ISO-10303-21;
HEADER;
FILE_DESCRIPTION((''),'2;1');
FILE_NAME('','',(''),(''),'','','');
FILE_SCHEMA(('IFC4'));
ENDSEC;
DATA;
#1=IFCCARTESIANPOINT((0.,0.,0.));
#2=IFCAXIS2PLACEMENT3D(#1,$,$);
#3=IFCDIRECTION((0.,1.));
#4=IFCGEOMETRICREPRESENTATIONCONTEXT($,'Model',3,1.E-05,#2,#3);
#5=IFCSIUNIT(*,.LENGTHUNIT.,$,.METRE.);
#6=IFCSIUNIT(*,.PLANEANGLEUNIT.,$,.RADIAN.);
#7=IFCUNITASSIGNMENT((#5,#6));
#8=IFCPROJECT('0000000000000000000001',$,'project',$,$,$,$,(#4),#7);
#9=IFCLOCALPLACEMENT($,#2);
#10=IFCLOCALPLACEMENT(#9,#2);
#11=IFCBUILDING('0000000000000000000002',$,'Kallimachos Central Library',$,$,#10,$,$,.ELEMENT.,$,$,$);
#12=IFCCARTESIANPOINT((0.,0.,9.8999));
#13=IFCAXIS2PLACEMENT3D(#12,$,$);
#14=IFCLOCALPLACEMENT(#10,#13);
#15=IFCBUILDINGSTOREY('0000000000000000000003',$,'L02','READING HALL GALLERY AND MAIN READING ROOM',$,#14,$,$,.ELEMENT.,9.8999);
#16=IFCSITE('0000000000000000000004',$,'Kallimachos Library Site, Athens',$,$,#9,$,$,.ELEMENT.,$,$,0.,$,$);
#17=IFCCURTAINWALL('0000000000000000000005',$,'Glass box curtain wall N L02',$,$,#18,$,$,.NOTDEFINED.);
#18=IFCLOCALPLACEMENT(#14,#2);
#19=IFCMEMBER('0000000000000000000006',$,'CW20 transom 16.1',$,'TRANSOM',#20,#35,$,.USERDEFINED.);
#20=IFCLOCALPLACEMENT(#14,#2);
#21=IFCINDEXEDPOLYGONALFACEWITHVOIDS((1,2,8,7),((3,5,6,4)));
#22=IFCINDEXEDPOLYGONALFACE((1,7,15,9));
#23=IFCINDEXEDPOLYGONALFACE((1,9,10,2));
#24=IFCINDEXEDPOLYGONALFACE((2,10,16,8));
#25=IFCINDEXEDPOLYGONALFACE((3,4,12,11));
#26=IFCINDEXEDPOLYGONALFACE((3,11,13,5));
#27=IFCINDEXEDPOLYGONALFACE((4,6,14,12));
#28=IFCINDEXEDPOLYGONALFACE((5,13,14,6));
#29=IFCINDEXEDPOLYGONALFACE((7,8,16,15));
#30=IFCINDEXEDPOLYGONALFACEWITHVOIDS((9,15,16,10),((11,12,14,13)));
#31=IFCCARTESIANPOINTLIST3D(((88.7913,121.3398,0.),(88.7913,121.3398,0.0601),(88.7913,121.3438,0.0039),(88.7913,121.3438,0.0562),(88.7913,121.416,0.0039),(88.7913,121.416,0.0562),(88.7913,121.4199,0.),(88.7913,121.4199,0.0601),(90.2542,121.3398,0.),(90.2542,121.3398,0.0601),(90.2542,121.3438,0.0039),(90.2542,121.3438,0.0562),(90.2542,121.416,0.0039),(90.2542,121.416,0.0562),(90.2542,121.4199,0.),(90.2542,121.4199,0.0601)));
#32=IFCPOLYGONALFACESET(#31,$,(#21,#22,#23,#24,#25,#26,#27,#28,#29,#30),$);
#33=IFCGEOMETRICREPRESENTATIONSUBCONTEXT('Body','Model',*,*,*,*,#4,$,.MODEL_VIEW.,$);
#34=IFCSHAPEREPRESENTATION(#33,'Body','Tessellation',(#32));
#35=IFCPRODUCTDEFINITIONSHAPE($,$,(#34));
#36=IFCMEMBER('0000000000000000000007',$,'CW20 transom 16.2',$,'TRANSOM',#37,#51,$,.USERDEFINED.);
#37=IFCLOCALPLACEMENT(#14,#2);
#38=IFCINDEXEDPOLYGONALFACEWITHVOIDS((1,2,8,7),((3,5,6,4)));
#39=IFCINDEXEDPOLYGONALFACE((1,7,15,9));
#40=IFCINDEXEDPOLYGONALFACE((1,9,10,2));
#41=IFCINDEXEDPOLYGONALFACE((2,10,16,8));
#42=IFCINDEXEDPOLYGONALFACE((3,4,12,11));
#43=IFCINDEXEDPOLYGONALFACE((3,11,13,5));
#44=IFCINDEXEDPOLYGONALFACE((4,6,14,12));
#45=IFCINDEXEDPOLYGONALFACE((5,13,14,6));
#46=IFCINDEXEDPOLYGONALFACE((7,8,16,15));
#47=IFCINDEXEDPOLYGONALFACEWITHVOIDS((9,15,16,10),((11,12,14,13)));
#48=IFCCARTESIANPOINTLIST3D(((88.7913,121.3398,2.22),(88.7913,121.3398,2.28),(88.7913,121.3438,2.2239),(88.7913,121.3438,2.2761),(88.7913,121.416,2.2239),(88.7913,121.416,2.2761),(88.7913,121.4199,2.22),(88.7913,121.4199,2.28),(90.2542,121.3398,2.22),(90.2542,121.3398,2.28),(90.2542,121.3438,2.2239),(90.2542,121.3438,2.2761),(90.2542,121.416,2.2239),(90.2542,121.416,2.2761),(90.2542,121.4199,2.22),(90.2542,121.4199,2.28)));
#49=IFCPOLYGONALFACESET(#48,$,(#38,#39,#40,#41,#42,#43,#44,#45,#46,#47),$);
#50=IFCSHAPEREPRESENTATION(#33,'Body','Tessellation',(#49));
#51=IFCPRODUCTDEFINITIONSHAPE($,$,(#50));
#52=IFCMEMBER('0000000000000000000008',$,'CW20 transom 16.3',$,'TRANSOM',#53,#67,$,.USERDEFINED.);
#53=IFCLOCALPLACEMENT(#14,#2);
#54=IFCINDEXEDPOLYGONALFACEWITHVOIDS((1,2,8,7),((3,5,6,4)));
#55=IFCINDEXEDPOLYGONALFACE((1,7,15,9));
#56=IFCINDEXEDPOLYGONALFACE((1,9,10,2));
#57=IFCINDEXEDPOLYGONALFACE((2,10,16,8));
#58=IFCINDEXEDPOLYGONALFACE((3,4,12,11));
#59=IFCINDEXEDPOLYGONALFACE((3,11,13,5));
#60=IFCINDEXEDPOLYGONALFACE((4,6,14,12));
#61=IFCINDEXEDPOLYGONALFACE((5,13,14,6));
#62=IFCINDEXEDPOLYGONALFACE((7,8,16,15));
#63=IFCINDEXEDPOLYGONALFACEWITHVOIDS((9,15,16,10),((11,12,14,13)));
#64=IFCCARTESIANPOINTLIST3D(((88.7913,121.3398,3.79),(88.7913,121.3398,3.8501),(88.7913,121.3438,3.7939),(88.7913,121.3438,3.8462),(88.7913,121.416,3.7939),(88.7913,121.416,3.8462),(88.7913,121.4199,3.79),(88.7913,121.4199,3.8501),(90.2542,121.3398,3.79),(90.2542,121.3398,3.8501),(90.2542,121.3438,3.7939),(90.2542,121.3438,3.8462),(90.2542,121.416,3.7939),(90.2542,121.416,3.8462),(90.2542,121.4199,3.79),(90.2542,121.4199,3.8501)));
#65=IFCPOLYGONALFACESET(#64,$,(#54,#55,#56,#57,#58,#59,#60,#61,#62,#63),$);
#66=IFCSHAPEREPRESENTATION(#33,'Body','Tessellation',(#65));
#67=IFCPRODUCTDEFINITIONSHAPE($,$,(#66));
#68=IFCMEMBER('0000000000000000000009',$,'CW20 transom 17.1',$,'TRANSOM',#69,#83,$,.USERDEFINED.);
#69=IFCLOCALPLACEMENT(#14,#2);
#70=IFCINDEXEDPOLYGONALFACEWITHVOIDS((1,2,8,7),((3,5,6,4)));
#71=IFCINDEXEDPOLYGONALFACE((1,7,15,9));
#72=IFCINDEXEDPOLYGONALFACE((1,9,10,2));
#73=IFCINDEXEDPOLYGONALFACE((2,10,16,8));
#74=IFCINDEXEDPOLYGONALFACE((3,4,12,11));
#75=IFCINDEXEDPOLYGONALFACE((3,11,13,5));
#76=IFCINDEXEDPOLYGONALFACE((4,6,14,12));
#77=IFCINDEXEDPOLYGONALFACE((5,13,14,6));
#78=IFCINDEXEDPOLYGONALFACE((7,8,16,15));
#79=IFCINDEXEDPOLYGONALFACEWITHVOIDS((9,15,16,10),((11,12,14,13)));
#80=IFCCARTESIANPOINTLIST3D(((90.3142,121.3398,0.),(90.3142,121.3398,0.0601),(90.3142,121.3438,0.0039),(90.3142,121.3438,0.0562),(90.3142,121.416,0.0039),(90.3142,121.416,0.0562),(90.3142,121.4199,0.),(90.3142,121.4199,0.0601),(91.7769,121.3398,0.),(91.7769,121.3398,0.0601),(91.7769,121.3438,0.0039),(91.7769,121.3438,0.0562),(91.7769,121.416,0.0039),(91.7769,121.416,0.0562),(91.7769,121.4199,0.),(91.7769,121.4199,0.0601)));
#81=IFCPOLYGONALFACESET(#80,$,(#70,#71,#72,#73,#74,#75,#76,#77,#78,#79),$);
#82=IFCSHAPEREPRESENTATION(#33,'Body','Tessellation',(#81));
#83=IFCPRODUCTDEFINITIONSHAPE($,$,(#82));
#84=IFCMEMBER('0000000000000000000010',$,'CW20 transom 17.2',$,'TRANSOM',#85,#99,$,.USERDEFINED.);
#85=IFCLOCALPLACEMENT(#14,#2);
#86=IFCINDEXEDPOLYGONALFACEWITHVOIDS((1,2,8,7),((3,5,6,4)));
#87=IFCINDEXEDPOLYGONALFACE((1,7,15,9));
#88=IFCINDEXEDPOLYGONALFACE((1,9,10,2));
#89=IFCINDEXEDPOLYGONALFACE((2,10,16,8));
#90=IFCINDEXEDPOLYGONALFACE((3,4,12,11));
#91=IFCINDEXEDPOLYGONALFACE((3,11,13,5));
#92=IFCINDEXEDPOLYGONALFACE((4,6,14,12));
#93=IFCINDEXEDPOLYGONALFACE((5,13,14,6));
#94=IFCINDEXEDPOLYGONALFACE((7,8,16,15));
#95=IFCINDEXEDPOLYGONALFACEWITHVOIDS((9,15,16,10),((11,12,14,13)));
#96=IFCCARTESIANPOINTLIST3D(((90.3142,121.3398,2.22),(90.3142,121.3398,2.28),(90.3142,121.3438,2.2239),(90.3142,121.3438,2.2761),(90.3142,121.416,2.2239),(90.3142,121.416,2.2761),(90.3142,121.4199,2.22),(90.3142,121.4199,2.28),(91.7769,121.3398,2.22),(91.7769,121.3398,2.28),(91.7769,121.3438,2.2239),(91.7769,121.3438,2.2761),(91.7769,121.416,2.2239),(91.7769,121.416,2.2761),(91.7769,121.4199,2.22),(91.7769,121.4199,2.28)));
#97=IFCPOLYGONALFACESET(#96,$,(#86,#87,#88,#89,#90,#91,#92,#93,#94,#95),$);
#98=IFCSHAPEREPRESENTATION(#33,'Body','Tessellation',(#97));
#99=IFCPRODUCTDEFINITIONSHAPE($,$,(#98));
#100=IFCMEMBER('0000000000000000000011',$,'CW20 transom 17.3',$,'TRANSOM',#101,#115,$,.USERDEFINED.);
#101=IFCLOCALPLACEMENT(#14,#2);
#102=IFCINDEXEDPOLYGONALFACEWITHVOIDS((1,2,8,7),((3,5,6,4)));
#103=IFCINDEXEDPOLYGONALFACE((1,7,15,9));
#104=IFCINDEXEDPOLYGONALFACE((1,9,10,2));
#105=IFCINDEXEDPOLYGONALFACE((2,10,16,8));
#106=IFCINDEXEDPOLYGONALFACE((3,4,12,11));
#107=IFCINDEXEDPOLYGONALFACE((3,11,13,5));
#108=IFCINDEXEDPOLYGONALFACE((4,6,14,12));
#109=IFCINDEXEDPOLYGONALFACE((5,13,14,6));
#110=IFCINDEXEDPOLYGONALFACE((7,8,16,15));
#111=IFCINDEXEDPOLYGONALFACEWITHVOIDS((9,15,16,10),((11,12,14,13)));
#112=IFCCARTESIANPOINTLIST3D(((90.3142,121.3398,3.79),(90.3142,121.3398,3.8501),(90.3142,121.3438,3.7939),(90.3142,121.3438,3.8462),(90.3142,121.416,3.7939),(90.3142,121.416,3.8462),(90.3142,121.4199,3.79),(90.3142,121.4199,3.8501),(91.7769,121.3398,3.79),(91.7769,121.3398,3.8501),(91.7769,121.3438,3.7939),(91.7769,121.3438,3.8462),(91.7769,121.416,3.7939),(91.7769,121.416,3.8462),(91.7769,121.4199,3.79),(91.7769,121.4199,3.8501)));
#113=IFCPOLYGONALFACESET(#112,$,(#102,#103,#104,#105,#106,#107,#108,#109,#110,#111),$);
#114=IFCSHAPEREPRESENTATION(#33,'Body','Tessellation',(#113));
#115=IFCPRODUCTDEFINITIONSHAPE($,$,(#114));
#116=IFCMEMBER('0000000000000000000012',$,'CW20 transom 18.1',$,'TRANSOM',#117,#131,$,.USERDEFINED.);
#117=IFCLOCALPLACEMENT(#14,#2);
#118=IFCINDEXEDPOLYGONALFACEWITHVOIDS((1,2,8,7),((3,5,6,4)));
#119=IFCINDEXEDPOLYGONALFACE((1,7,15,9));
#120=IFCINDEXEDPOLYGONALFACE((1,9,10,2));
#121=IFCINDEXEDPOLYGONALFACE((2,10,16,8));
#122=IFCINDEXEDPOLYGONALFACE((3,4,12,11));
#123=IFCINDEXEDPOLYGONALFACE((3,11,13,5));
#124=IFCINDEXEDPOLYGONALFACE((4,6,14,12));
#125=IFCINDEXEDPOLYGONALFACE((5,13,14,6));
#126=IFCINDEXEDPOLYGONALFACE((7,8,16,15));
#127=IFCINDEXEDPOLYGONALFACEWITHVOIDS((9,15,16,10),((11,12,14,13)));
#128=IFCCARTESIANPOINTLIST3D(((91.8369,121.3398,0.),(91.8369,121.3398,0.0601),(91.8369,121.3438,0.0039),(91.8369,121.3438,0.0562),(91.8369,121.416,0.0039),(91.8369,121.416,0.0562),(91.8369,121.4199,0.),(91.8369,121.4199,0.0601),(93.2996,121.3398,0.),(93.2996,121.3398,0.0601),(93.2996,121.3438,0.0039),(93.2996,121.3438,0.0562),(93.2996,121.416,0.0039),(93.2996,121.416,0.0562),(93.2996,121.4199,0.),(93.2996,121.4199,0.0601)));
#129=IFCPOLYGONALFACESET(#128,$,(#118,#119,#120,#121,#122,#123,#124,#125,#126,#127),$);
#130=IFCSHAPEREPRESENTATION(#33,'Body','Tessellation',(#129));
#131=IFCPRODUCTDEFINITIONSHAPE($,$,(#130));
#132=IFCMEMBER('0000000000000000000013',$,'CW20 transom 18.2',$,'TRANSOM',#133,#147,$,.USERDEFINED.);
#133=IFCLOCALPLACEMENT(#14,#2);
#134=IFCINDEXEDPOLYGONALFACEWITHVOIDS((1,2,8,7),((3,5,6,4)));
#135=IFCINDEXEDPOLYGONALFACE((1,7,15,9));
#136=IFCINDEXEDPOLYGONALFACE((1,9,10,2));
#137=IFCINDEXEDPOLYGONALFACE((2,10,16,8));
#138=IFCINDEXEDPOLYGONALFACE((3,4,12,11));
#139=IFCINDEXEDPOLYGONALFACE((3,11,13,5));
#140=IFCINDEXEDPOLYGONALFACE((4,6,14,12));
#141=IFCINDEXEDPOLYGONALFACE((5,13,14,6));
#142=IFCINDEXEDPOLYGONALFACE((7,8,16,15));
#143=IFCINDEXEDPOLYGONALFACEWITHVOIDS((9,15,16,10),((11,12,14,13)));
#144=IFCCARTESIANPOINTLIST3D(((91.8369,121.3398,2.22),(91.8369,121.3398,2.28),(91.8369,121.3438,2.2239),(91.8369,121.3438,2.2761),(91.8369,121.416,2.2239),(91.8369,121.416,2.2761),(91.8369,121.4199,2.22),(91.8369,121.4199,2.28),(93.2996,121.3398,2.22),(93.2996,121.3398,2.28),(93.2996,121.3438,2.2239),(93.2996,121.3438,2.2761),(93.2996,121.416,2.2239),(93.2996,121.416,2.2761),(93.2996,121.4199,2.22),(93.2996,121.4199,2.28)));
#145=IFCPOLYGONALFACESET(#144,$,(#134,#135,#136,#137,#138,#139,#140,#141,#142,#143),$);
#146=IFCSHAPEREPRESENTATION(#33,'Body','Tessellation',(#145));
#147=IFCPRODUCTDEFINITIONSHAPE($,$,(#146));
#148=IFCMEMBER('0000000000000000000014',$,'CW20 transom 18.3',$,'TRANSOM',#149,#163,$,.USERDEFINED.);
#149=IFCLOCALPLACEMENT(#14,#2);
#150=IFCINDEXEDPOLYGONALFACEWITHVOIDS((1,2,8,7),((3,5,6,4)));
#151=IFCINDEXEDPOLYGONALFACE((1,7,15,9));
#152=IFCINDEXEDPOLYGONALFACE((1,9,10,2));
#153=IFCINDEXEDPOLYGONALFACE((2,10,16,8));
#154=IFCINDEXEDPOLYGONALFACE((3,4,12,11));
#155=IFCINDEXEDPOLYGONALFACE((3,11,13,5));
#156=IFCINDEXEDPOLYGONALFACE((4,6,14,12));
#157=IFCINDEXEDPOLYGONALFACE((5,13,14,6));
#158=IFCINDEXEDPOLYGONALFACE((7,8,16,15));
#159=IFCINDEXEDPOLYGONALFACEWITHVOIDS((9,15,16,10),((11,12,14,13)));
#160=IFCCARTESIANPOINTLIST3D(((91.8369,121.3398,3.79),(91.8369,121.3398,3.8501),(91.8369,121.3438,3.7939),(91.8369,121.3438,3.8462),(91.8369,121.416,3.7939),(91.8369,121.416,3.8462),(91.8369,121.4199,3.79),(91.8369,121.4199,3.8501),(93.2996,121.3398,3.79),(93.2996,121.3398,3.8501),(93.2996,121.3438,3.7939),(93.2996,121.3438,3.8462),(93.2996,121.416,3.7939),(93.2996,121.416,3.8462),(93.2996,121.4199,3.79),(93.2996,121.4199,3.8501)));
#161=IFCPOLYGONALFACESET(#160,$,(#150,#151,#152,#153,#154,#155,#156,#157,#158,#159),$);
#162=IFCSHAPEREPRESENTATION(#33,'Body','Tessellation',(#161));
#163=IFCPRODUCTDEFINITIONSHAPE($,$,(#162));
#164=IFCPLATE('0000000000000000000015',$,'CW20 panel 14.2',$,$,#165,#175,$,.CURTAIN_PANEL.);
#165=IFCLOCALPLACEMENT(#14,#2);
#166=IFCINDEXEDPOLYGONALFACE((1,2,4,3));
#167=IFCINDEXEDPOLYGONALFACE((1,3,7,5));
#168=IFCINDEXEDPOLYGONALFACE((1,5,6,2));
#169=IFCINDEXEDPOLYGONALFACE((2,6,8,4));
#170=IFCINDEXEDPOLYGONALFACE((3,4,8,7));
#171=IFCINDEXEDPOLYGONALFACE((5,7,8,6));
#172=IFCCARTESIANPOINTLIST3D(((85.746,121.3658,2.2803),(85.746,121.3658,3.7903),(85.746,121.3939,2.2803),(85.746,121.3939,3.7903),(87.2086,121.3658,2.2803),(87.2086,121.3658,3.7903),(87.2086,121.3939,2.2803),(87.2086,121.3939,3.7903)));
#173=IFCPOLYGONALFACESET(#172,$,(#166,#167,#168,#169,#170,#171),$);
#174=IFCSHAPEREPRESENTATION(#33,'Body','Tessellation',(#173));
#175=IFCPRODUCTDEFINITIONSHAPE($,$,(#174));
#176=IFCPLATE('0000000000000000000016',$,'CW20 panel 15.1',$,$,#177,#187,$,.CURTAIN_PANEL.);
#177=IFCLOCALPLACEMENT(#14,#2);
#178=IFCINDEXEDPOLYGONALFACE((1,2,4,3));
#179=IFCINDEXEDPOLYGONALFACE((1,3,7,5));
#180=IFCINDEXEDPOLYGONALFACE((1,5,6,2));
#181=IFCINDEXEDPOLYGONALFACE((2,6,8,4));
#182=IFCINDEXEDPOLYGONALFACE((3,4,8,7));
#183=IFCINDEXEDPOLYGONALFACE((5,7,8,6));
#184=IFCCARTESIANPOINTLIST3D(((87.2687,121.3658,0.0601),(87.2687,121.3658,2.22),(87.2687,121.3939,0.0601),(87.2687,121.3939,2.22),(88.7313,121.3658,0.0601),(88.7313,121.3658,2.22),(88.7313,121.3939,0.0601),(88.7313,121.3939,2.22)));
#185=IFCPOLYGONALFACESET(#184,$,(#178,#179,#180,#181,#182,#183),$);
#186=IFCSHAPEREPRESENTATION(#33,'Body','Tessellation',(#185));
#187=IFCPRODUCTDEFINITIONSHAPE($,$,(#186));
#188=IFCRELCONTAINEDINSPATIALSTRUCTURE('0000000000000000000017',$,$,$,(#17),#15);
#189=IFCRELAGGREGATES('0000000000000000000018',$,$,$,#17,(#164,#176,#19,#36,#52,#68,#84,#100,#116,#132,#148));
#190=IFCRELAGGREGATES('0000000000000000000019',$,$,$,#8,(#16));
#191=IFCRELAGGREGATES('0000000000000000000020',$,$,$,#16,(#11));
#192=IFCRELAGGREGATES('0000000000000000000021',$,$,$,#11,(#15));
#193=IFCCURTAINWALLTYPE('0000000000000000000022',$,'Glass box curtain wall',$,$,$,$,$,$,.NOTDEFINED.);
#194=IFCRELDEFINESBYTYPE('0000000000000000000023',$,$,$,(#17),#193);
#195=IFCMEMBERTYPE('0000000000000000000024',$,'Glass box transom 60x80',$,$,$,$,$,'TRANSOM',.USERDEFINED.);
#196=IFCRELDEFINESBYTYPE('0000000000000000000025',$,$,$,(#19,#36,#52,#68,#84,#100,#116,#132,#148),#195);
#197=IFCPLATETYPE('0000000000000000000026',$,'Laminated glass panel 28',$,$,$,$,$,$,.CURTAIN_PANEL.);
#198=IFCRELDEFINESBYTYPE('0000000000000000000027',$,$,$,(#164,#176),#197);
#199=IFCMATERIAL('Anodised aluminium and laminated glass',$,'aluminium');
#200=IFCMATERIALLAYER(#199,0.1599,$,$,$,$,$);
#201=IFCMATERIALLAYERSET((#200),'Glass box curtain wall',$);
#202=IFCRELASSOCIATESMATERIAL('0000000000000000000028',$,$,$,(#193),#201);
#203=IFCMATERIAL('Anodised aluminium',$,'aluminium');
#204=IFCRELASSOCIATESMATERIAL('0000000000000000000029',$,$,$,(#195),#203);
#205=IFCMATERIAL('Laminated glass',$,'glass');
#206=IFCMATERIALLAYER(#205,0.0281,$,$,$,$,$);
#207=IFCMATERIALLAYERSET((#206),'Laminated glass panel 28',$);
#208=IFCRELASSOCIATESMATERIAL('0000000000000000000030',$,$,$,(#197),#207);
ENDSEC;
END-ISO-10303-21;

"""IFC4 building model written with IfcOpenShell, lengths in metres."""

from ifc_helpers import new_model, si_unit, direction, frame, origin, origin_2d, place, context, subcontext, project, spatial, rectangle, hollow_rectangle, extrude, material, layer, layer_set, material_profile, profile_set, type_object, element, aggregate, save


model = new_model("IFC4")

# Units and contexts
model_context = context("Model", 3, precision=1e-05, world=origin(), true_north=direction((0.0, 1.0)))
body_context = subcontext(model_context, "Body", "Model", "MODEL_VIEW")
ifc_project = project(units=[si_unit("LENGTHUNIT", "METRE"), si_unit("PLANEANGLEUNIT", "RADIAN")], contexts=[model_context])

# Site, building, storey
site_placement = place(None, origin())
site = spatial("IfcSite", under=ifc_project, at=site_placement, Name="Kallimachos Library Site, Athens", CompositionType="ELEMENT", RefElevation=0.0)
building_placement = place(site_placement, origin())
building = spatial("IfcBuilding", under=site, at=building_placement, Name="Kallimachos Central Library", CompositionType="ELEMENT")
storey_placement = place(building_placement, frame((0.0, 0.0, 9.8999)))
storey = spatial("IfcBuildingStorey", under=building, at=storey_placement, Name="L02", Description="READING HALL GALLERY AND MAIN READING ROOM", CompositionType="ELEMENT", Elevation=9.8999)

# Curtain wall, members, plates
ifc_material_1 = material(Name="Anodised aluminium and laminated glass", Category="aluminium")
ifc_layer_1 = layer(ifc_material_1, 0.1599)
ifc_layer_set_1 = layer_set([ifc_layer_1], Name="Glass box curtain wall")
curtain_wall_type = type_object("IfcCurtainWallType", Name="Glass box curtain wall", PredefinedType="NOTDEFINED", material=ifc_layer_set_1)
curtain_wall_placement = place(storey_placement, origin())
curtain_wall = element("IfcCurtainWall", 1, at=curtain_wall_placement, inside=storey, type_object=curtain_wall_type, Name="Glass box curtain wall N L02", PredefinedType="NOTDEFINED")
ifc_material_2 = material(Name="Anodised aluminium", Category="aluminium")
ifc_material_profile_1 = material_profile(ifc_material_2, hollow_rectangle(XDim=0.0601, YDim=0.0801, WallThickness=0.0039, at=origin_2d()), Name="ALU TRANSOM 60x80")
ifc_profile_set_1 = profile_set([ifc_material_profile_1], Name="Anodised aluminium")
member_type_1 = type_object("IfcMemberType", Name="Glass box transom 60x80", ElementType="TRANSOM", PredefinedType="USERDEFINED", material=ifc_profile_set_1)
member_1_placement = place(storey_placement, frame((88.7913, 121.3799, 0.03), z_axis=(1.0, 0.0, 0.0), x_axis=(0.0, 0.0, 1.0)))
member_1 = element("IfcMember", 2, at=member_1_placement, type_object=member_type_1, Name="CW20 transom 16.1", ObjectType="TRANSOM", PredefinedType="USERDEFINED", context=body_context, shape_type="SweptSolid", body=[
    extrude(hollow_rectangle(XDim=0.0601, YDim=0.0801, WallThickness=0.0039, at=origin_2d()), origin(), (0.0, 0.0, 1.0), 1.4629),
])
member_2_placement = place(storey_placement, frame((88.7913, 121.3799, 2.25), z_axis=(1.0, 0.0, 0.0), x_axis=(0.0, 0.0, 1.0)))
member_2 = element("IfcMember", 3, at=member_2_placement, type_object=member_type_1, Name="CW20 transom 16.2", ObjectType="TRANSOM", PredefinedType="USERDEFINED", context=body_context, shape_type="SweptSolid", body=[
    extrude(hollow_rectangle(XDim=0.0601, YDim=0.0801, WallThickness=0.0039, at=origin_2d()), origin(), (0.0, 0.0, 1.0), 1.4629),
])
member_3_placement = place(storey_placement, frame((88.7913, 121.3799, 3.8201), z_axis=(1.0, 0.0, 0.0), x_axis=(0.0, 0.0, 1.0)))
member_3 = element("IfcMember", 4, at=member_3_placement, type_object=member_type_1, Name="CW20 transom 16.3", ObjectType="TRANSOM", PredefinedType="USERDEFINED", context=body_context, shape_type="SweptSolid", body=[
    extrude(hollow_rectangle(XDim=0.0601, YDim=0.0801, WallThickness=0.0039, at=origin_2d()), origin(), (0.0, 0.0, 1.0), 1.4629),
])
member_4_placement = place(storey_placement, frame((90.3142, 121.3799, 0.03), z_axis=(1.0, 0.0, 0.0), x_axis=(0.0, 0.0, 1.0)))
member_4 = element("IfcMember", 5, at=member_4_placement, type_object=member_type_1, Name="CW20 transom 17.1", ObjectType="TRANSOM", PredefinedType="USERDEFINED", context=body_context, shape_type="SweptSolid", body=[
    extrude(hollow_rectangle(XDim=0.0601, YDim=0.0801, WallThickness=0.0039, at=origin_2d()), origin(), (0.0, 0.0, 1.0), 1.4626),
])
member_5_placement = place(storey_placement, frame((90.3142, 121.3799, 2.25), z_axis=(1.0, 0.0, 0.0), x_axis=(0.0, 0.0, 1.0)))
member_5 = element("IfcMember", 6, at=member_5_placement, type_object=member_type_1, Name="CW20 transom 17.2", ObjectType="TRANSOM", PredefinedType="USERDEFINED", context=body_context, shape_type="SweptSolid", body=[
    extrude(hollow_rectangle(XDim=0.0601, YDim=0.0801, WallThickness=0.0039, at=origin_2d()), origin(), (0.0, 0.0, 1.0), 1.4626),
])
member_6_placement = place(storey_placement, frame((90.3142, 121.3799, 3.8201), z_axis=(1.0, 0.0, 0.0), x_axis=(0.0, 0.0, 1.0)))
member_6 = element("IfcMember", 7, at=member_6_placement, type_object=member_type_1, Name="CW20 transom 17.3", ObjectType="TRANSOM", PredefinedType="USERDEFINED", context=body_context, shape_type="SweptSolid", body=[
    extrude(hollow_rectangle(XDim=0.0601, YDim=0.0801, WallThickness=0.0039, at=origin_2d()), origin(), (0.0, 0.0, 1.0), 1.4626),
])
member_7_placement = place(storey_placement, frame((91.8369, 121.3799, 0.03), z_axis=(1.0, 0.0, 0.0), x_axis=(0.0, 0.0, 1.0)))
member_7 = element("IfcMember", 8, at=member_7_placement, type_object=member_type_1, Name="CW20 transom 18.1", ObjectType="TRANSOM", PredefinedType="USERDEFINED", context=body_context, shape_type="SweptSolid", body=[
    extrude(hollow_rectangle(XDim=0.0601, YDim=0.0801, WallThickness=0.0039, at=origin_2d()), origin(), (0.0, 0.0, 1.0), 1.4626),
])
member_8_placement = place(storey_placement, frame((91.8369, 121.3799, 2.25), z_axis=(1.0, 0.0, 0.0), x_axis=(0.0, 0.0, 1.0)))
member_8 = element("IfcMember", 9, at=member_8_placement, type_object=member_type_1, Name="CW20 transom 18.2", ObjectType="TRANSOM", PredefinedType="USERDEFINED", context=body_context, shape_type="SweptSolid", body=[
    extrude(hollow_rectangle(XDim=0.0601, YDim=0.0801, WallThickness=0.0039, at=origin_2d()), origin(), (0.0, 0.0, 1.0), 1.4626),
])
member_9_placement = place(storey_placement, frame((91.8369, 121.3799, 3.8201), z_axis=(1.0, 0.0, 0.0), x_axis=(0.0, 0.0, 1.0)))
member_9 = element("IfcMember", 10, at=member_9_placement, type_object=member_type_1, Name="CW20 transom 18.3", ObjectType="TRANSOM", PredefinedType="USERDEFINED", context=body_context, shape_type="SweptSolid", body=[
    extrude(hollow_rectangle(XDim=0.0601, YDim=0.0801, WallThickness=0.0039, at=origin_2d()), origin(), (0.0, 0.0, 1.0), 1.4626),
])
ifc_material_3 = material(Name="Laminated glass", Category="glass")
ifc_layer_2 = layer(ifc_material_3, 0.0281)
ifc_layer_set_2 = layer_set([ifc_layer_2], Name="Laminated glass panel 28")
plate_type = type_object("IfcPlateType", Name="Laminated glass panel 28", PredefinedType="CURTAIN_PANEL", material=ifc_layer_set_2)
plate_1_placement = place(storey_placement, frame((86.4773, 121.3799, 2.2803), z_axis=(0.0, 0.0, 1.0), x_axis=(1.0, 0.0, 0.0)))
plate_1 = element("IfcPlate", 11, at=plate_1_placement, type_object=plate_type, Name="CW20 panel 14.2", PredefinedType="CURTAIN_PANEL", context=body_context, shape_type="SweptSolid", body=[
    extrude(rectangle(XDim=1.4626, YDim=0.0281, at=origin_2d()), origin(), (0.0, 0.0, 1.0), 1.51),
])
plate_2_placement = place(storey_placement, frame((88.0, 121.3799, 0.0601), z_axis=(0.0, 0.0, 1.0), x_axis=(1.0, 0.0, 0.0)))
plate_2 = element("IfcPlate", 12, at=plate_2_placement, type_object=plate_type, Name="CW20 panel 15.1", PredefinedType="CURTAIN_PANEL", context=body_context, shape_type="SweptSolid", body=[
    extrude(rectangle(XDim=1.4626, YDim=0.0281, at=origin_2d()), origin(), (0.0, 0.0, 1.0), 2.1599),
])
aggregate(curtain_wall, [plate_1, plate_2, member_1, member_2, member_3, member_4, member_5, member_6, member_7, member_8, member_9])

save(model, "model.ifc")
